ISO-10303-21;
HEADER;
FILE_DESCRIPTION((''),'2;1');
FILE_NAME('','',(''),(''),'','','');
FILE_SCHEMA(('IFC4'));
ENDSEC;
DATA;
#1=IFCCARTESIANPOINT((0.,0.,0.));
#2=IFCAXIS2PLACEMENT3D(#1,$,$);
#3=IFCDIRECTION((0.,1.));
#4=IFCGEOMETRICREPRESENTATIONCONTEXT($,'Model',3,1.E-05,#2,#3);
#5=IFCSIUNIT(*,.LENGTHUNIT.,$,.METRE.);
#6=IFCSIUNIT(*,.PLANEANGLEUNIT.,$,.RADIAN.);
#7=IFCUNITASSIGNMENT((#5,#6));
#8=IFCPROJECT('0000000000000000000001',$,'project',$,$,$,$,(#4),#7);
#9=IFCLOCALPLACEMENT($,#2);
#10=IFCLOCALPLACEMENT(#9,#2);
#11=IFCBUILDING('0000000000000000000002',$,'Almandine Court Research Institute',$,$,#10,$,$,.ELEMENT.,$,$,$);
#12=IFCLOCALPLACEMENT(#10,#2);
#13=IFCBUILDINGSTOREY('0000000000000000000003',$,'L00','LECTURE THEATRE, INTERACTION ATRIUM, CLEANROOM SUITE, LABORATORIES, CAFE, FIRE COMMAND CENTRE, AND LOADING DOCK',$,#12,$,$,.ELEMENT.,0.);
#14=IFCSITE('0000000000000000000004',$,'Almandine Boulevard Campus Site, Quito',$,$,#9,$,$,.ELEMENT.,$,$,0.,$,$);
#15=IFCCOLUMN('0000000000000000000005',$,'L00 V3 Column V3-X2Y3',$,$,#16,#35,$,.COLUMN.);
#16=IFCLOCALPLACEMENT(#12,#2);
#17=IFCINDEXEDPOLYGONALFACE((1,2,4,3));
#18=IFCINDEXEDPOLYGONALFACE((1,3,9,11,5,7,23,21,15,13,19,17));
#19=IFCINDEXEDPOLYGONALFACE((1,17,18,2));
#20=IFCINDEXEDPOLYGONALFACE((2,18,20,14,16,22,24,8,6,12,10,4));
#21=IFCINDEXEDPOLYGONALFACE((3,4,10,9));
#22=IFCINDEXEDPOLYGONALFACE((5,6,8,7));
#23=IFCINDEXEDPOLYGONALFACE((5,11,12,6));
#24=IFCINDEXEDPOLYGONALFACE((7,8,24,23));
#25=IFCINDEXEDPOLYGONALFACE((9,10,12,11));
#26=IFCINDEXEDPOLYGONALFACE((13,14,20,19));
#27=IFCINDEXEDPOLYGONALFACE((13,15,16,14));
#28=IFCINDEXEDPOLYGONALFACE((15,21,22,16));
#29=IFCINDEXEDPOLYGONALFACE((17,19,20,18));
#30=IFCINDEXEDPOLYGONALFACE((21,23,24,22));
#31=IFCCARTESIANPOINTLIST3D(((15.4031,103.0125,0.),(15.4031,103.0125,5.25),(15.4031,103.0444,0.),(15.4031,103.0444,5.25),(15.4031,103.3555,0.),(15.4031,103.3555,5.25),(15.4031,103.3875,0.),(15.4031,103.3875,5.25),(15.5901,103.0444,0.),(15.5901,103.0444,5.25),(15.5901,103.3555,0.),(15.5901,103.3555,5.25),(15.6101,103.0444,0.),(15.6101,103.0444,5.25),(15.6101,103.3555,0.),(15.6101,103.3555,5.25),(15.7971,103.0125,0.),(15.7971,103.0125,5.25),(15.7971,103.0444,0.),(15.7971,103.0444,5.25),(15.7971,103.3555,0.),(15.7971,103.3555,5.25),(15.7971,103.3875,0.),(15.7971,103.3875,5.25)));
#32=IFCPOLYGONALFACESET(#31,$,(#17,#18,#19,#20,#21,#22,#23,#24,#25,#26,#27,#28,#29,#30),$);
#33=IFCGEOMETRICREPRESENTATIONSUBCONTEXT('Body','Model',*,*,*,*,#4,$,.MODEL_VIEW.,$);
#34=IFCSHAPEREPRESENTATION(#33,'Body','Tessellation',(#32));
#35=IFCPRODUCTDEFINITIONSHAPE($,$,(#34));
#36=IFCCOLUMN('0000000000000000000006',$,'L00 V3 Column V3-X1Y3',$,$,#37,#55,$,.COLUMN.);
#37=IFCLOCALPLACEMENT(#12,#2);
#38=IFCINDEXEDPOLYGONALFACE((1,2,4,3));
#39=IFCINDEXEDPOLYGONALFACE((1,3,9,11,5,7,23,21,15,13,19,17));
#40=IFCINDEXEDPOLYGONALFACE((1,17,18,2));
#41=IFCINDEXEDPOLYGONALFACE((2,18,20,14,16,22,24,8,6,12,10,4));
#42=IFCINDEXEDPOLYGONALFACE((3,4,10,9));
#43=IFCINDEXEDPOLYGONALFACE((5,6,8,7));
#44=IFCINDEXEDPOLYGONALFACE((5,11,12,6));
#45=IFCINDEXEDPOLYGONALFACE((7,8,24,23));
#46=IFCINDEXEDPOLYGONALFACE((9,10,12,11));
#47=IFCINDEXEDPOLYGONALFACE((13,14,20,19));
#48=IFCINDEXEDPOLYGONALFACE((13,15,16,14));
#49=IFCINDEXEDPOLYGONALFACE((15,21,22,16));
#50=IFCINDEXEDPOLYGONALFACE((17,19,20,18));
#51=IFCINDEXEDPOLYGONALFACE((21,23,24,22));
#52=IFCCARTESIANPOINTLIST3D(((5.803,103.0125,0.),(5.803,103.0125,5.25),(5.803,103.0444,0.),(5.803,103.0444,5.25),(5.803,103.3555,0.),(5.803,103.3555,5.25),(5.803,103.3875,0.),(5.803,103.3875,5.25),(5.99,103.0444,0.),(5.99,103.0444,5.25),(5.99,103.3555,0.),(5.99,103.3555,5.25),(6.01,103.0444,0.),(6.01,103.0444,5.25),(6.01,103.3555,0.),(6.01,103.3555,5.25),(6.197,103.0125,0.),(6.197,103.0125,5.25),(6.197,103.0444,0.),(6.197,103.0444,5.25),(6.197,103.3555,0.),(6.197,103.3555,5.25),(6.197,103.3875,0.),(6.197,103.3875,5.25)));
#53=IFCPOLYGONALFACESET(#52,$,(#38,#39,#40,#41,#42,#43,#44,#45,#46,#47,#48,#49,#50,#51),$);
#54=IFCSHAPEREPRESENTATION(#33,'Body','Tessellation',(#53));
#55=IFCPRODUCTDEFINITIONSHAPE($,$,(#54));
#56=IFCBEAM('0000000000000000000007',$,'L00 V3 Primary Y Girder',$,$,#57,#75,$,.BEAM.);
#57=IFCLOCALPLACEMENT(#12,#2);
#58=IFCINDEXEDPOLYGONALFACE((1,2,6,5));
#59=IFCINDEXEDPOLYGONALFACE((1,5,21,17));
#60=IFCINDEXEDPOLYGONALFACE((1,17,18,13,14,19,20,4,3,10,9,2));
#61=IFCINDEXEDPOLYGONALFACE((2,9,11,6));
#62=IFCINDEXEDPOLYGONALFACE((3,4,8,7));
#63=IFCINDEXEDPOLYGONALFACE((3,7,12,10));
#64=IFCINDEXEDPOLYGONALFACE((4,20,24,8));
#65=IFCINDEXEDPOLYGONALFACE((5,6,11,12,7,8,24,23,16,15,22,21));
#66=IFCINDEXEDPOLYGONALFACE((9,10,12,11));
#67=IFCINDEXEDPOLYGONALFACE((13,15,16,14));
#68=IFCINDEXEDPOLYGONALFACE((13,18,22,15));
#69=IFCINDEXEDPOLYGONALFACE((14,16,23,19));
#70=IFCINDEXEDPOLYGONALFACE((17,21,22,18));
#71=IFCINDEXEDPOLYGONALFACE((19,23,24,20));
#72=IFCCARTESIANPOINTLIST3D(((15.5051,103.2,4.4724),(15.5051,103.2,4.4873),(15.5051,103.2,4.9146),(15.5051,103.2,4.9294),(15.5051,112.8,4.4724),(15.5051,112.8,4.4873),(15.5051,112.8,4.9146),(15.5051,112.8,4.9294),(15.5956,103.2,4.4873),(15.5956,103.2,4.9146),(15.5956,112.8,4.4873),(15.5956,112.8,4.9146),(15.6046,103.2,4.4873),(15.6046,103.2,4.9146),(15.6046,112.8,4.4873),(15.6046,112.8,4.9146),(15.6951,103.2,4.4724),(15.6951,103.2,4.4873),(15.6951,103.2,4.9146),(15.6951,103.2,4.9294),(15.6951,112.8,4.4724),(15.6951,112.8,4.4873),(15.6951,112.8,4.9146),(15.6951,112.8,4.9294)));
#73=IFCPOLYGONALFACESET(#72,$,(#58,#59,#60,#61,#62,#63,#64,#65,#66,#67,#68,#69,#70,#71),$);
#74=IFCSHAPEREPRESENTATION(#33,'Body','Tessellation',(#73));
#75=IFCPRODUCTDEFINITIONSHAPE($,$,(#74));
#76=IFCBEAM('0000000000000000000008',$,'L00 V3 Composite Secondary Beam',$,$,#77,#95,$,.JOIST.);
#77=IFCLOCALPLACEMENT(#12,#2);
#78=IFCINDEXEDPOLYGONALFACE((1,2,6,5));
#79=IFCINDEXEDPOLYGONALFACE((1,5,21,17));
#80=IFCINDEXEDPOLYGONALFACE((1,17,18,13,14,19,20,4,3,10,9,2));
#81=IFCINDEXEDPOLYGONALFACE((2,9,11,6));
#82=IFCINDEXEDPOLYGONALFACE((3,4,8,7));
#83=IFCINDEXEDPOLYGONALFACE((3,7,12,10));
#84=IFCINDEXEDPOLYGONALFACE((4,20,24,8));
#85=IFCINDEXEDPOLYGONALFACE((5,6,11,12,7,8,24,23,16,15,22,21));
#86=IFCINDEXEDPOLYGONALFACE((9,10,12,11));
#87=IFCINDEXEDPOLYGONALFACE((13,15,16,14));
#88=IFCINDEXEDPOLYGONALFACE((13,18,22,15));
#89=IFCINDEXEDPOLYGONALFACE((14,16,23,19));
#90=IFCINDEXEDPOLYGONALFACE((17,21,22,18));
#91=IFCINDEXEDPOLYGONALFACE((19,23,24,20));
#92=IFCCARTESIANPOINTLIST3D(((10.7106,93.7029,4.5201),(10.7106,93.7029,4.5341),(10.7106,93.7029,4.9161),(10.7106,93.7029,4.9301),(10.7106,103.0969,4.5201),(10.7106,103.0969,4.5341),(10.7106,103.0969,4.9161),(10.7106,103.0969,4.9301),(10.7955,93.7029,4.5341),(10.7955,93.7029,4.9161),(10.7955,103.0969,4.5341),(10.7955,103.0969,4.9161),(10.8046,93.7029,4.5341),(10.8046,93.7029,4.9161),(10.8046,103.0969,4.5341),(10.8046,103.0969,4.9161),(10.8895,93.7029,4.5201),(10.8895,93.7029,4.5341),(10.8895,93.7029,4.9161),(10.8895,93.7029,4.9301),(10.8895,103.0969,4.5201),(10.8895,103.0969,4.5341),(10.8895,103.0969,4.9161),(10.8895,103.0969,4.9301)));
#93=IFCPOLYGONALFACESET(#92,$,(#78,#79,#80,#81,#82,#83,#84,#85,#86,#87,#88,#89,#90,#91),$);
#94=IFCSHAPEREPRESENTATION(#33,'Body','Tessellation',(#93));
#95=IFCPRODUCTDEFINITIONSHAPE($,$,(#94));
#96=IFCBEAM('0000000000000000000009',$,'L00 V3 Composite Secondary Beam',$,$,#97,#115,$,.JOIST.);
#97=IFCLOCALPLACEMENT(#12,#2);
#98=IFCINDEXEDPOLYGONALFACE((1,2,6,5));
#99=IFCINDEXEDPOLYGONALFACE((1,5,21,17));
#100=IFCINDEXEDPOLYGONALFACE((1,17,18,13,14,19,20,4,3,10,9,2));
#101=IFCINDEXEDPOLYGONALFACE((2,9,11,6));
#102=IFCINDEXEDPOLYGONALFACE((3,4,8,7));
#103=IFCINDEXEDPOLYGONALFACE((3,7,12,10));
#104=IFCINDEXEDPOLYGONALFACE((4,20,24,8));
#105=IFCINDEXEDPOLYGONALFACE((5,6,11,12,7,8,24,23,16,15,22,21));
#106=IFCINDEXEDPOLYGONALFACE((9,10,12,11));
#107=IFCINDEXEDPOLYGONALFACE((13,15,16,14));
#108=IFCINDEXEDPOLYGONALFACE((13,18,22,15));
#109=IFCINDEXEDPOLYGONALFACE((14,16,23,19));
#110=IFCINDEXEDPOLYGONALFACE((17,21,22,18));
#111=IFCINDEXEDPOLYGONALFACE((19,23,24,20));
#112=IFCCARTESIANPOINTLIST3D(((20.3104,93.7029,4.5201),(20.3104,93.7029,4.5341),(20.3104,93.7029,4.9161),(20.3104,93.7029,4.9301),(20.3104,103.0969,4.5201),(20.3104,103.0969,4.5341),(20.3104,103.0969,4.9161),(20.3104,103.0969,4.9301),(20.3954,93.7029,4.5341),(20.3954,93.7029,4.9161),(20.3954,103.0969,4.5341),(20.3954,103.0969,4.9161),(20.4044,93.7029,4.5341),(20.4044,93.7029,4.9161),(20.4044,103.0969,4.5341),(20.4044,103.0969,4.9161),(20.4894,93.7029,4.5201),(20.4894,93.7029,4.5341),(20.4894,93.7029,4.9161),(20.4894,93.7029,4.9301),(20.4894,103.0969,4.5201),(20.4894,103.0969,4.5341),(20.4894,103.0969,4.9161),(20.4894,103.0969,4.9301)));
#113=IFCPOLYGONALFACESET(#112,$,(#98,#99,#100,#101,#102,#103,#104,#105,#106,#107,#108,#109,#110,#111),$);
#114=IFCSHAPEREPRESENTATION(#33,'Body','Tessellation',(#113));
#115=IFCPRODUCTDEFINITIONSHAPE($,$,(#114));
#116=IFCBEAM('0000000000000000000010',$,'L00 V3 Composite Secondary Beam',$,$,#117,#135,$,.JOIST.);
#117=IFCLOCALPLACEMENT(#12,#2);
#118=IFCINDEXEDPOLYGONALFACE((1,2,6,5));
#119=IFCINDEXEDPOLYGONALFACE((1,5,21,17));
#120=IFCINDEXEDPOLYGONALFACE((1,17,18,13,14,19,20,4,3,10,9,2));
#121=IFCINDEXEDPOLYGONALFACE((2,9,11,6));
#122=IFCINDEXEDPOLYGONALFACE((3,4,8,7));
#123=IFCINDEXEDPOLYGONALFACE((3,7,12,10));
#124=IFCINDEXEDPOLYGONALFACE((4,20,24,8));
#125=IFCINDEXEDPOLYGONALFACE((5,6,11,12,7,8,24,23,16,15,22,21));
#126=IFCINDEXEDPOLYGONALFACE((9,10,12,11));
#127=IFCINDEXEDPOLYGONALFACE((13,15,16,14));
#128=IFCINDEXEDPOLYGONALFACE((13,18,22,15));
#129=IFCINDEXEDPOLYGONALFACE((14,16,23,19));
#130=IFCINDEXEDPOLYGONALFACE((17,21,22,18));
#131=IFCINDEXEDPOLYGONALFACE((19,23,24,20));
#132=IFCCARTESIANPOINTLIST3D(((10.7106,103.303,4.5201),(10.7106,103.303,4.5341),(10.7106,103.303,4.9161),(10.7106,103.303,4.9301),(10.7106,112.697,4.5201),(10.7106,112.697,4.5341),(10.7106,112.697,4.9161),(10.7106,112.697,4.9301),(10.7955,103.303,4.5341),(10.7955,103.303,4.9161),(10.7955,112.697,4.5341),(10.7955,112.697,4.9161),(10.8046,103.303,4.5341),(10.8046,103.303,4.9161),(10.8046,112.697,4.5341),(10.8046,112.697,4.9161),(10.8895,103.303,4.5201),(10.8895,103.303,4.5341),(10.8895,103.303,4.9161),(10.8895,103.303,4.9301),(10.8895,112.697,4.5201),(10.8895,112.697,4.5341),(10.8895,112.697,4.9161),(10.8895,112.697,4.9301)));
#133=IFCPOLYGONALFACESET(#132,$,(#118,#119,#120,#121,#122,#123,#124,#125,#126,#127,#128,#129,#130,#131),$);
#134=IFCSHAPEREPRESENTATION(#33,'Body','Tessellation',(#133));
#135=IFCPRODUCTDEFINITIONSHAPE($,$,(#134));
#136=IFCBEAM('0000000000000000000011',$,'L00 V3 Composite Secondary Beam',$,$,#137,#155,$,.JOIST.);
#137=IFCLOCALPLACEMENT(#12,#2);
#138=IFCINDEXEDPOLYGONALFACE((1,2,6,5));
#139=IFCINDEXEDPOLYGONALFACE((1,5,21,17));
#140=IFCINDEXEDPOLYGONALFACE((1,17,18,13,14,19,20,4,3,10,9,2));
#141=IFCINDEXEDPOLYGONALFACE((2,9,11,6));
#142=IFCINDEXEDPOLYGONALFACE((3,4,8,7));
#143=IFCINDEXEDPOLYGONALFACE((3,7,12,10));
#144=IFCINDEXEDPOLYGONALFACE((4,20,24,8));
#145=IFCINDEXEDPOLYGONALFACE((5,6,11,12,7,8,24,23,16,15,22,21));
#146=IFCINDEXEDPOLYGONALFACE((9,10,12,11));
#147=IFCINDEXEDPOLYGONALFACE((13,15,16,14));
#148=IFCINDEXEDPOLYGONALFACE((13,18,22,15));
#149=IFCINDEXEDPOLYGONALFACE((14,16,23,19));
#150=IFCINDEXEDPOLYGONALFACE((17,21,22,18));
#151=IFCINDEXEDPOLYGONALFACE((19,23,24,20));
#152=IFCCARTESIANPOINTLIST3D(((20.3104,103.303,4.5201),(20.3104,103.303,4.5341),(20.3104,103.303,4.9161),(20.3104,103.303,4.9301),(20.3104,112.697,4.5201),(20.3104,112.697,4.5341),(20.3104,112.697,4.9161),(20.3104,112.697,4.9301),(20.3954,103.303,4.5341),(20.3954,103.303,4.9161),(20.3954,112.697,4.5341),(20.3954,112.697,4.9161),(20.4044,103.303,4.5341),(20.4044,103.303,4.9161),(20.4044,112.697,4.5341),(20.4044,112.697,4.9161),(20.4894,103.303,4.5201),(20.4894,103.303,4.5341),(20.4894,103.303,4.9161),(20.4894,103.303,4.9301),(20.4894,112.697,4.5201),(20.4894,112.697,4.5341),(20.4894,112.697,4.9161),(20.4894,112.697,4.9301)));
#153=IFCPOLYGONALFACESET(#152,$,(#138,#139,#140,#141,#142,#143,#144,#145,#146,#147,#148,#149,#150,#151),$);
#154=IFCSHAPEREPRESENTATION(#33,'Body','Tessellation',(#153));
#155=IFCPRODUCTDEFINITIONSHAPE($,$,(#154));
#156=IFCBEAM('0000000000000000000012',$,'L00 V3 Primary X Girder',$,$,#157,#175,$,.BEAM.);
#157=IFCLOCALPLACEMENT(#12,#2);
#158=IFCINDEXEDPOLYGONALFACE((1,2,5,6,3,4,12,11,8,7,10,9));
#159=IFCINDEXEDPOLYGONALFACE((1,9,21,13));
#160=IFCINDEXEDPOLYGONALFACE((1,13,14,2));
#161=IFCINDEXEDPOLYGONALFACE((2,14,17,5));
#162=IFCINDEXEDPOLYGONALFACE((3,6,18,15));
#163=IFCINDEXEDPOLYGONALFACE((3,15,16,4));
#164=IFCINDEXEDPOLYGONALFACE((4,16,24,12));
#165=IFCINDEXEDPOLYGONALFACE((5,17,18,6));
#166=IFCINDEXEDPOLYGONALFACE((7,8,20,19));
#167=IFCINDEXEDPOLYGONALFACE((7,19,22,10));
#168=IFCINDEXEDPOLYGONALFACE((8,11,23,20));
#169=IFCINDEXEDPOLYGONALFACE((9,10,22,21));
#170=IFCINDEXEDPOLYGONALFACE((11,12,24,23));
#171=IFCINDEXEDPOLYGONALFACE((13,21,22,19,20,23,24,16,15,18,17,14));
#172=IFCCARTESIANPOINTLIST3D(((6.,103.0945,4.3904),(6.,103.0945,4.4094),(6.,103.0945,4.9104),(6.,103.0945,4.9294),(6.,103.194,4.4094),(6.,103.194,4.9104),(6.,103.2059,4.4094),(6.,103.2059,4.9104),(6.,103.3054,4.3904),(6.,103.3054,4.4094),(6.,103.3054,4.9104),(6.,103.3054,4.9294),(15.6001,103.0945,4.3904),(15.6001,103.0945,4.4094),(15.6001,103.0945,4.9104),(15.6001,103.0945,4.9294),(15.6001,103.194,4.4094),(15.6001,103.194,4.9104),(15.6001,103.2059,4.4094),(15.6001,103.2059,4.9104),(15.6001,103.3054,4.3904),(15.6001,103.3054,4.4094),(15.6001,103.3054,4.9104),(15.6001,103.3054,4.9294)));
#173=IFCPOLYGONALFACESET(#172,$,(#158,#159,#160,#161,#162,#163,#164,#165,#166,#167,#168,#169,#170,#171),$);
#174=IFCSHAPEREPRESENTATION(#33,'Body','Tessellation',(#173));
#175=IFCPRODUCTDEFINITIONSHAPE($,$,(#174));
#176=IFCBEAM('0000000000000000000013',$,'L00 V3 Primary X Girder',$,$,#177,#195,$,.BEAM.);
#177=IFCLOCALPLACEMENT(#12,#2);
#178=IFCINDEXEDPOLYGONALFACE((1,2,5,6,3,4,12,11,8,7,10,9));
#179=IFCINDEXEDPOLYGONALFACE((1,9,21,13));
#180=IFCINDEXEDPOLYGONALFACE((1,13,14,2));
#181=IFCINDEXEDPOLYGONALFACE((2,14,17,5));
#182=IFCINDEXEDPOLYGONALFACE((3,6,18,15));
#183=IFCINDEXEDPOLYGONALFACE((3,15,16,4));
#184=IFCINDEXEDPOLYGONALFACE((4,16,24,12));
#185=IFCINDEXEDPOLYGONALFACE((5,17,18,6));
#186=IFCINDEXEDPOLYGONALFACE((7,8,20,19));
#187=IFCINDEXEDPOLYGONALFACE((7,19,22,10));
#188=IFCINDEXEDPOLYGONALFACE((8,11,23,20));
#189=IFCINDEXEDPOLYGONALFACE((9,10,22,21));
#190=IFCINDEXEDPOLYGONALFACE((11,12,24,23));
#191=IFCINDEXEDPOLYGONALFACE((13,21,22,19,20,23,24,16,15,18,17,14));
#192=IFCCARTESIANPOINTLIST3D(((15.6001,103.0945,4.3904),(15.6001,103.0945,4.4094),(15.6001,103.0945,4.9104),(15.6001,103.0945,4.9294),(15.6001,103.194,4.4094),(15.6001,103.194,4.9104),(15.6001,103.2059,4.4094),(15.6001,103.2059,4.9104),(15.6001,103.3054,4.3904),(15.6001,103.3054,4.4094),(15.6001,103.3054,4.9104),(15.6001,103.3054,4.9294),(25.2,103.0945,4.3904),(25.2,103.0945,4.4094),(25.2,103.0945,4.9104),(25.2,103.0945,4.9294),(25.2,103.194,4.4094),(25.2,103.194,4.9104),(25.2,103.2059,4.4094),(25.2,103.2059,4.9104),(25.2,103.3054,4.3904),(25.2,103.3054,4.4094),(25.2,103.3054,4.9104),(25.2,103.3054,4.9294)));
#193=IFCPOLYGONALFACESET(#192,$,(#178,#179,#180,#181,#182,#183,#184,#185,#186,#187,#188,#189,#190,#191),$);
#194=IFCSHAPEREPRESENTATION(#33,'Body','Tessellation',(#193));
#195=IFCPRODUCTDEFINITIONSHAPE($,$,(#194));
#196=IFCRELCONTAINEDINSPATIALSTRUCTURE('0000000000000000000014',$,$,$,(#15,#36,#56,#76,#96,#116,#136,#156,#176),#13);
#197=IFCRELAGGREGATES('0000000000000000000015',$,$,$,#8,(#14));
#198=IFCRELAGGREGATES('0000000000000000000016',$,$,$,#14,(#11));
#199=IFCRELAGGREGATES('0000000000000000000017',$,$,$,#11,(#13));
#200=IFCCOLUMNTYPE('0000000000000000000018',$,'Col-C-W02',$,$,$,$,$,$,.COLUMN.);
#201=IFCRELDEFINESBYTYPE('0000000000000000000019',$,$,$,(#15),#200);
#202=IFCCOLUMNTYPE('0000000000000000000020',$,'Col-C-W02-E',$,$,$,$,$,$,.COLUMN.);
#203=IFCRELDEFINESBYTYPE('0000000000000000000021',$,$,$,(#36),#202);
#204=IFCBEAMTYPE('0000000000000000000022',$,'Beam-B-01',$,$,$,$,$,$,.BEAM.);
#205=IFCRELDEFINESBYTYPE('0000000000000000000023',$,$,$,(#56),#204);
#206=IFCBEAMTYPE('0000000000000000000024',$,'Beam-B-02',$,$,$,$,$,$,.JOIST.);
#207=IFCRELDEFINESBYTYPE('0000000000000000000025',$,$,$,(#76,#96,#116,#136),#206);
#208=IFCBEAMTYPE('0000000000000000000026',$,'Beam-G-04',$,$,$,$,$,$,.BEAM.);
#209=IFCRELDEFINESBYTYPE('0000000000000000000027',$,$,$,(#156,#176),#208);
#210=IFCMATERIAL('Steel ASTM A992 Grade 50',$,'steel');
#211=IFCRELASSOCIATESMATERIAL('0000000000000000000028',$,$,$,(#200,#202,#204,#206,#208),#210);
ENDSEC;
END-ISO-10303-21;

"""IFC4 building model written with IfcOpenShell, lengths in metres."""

from ifc_helpers import new_model, si_unit, direction, frame, origin, origin_2d, place, context, subcontext, project, spatial, i_section, extrude, material, material_profile, profile_set, type_object, element, save


model = new_model("IFC4")

# Units and contexts
model_context = context("Model", 3, precision=1e-05, world=origin(), true_north=direction((0.0, 1.0)))
body_context = subcontext(model_context, "Body", "Model", "MODEL_VIEW")
ifc_project = project(units=[si_unit("LENGTHUNIT", "METRE"), si_unit("PLANEANGLEUNIT", "RADIAN")], contexts=[model_context])

# Site, building, storey
site_placement = place(None, origin())
site = spatial("IfcSite", under=ifc_project, at=site_placement, Name="Almandine Boulevard Campus Site, Quito", CompositionType="ELEMENT", RefElevation=0.0)
building_placement = place(site_placement, origin())
building = spatial("IfcBuilding", under=site, at=building_placement, Name="Almandine Court Research Institute", CompositionType="ELEMENT")
storey_placement = place(building_placement, origin())
storey = spatial("IfcBuildingStorey", under=building, at=storey_placement, Name="L00", Description="LECTURE THEATRE, INTERACTION ATRIUM, CLEANROOM SUITE, LABORATORIES, CAFE, FIRE COMMAND CENTRE, AND LOADING DOCK", CompositionType="ELEMENT", Elevation=0.0)

# Columns
ifc_material_1 = material(Name="Steel ASTM A992 Grade 50", Category="steel")
ifc_material_profile_1 = material_profile(ifc_material_1, i_section(OverallWidth=0.394, OverallDepth=0.375, WebThickness=0.02, FlangeThickness=0.032, at=origin_2d()), Name="W360x216")
ifc_profile_set_1 = profile_set([ifc_material_profile_1], Name="Steel ASTM A992 Grade 50")
column_type_1 = type_object("IfcColumnType", Name="Col-C-W02", PredefinedType="COLUMN", material=ifc_profile_set_1)
column_1_placement = place(storey_placement, frame((15.6001, 103.2, 0.0), z_axis=(0.0, 0.0, 1.0), x_axis=(1.0, 0.0, 0.0)))
element("IfcColumn", 1, at=column_1_placement, inside=storey, type_object=column_type_1, Name="L00 V3 Column V3-X2Y3", PredefinedType="COLUMN", context=body_context, shape_type="SweptSolid", body=[
    extrude(i_section(OverallWidth=0.394, OverallDepth=0.375, WebThickness=0.02, FlangeThickness=0.032, at=origin_2d()), origin(), (0.0, 0.0, 1.0), 5.25),
])
ifc_material_profile_2 = material_profile(ifc_material_1, i_section(OverallWidth=0.394, OverallDepth=0.375, WebThickness=0.02, FlangeThickness=0.032, at=origin_2d()), Name="W360x216")
ifc_profile_set_2 = profile_set([ifc_material_profile_2], Name="Steel ASTM A992 Grade 50")
column_type_2 = type_object("IfcColumnType", Name="Col-C-W02-E", PredefinedType="COLUMN", material=ifc_profile_set_2)
column_2_placement = place(storey_placement, frame((6.0, 103.2, 0.0), z_axis=(0.0, 0.0, 1.0), x_axis=(1.0, 0.0, 0.0)))
element("IfcColumn", 2, at=column_2_placement, inside=storey, type_object=column_type_2, Name="L00 V3 Column V3-X1Y3", PredefinedType="COLUMN", context=body_context, shape_type="SweptSolid", body=[
    extrude(i_section(OverallWidth=0.394, OverallDepth=0.375, WebThickness=0.02, FlangeThickness=0.032, at=origin_2d()), origin(), (0.0, 0.0, 1.0), 5.25),
])

# Beams
ifc_material_profile_3 = material_profile(ifc_material_1, i_section(OverallWidth=0.1899, OverallDepth=0.457, WebThickness=0.009, FlangeThickness=0.0149, at=origin_2d()), Name="W460x74")
ifc_profile_set_3 = profile_set([ifc_material_profile_3], Name="Steel ASTM A992 Grade 50")
beam_type_1 = type_object("IfcBeamType", Name="Beam-B-01", PredefinedType="BEAM", material=ifc_profile_set_3)
beam_1_placement = place(storey_placement, frame((15.6001, 103.2, 4.7009), z_axis=(0.0, 1.0, 0.0), x_axis=(-1.0, 0.0, 0.0)))
element("IfcBeam", 3, at=beam_1_placement, inside=storey, type_object=beam_type_1, Name="L00 V3 Primary Y Girder", PredefinedType="BEAM", context=body_context, shape_type="SweptSolid", body=[
    extrude(i_section(OverallWidth=0.1899, OverallDepth=0.457, WebThickness=0.009, FlangeThickness=0.0149, at=origin_2d()), origin(), (0.0, 0.0, 1.0), 9.6001),
])
ifc_material_profile_4 = material_profile(ifc_material_1, i_section(OverallWidth=0.179, OverallDepth=0.4099, WebThickness=0.009, FlangeThickness=0.0139, at=origin_2d()), Name="W410x67")
ifc_profile_set_4 = profile_set([ifc_material_profile_4], Name="Steel ASTM A992 Grade 50")
beam_type_2 = type_object("IfcBeamType", Name="Beam-B-02", PredefinedType="JOIST", material=ifc_profile_set_4)
for number, where, z_axis, x_axis, name in (
    (4, (10.8, 93.7029, 4.7251), (0.0, 1.0, 0.0), (-1.0, 0.0, 0.0), "L00 V3 Composite Secondary Beam"),
    (5, (20.3999, 93.7029, 4.7251), (0.0, 1.0, 0.0), (-1.0, 0.0, 0.0), "L00 V3 Composite Secondary Beam"),
    (6, (10.8, 103.303, 4.7251), (0.0, 1.0, 0.0), (-1.0, 0.0, 0.0), "L00 V3 Composite Secondary Beam"),
    (7, (20.3999, 103.303, 4.7251), (0.0, 1.0, 0.0), (-1.0, 0.0, 0.0), "L00 V3 Composite Secondary Beam"),
):
    element("IfcBeam", number, at=place(storey_placement, frame(where, z_axis=z_axis, x_axis=x_axis)), inside=storey, type_object=beam_type_2, Name=name, PredefinedType="JOIST", context=body_context, shape_type="SweptSolid", body=[
        extrude(i_section(OverallWidth=0.179, OverallDepth=0.4099, WebThickness=0.009, FlangeThickness=0.0139, at=origin_2d()), origin(), (0.0, 0.0, 1.0), 9.394),
    ])
ifc_material_profile_5 = material_profile(ifc_material_1, i_section(OverallWidth=0.2109, OverallDepth=0.5391, WebThickness=0.012, FlangeThickness=0.019, at=origin_2d()), Name="W530x109")
ifc_profile_set_5 = profile_set([ifc_material_profile_5], Name="Steel ASTM A992 Grade 50")
beam_type_3 = type_object("IfcBeamType", Name="Beam-G-04", PredefinedType="BEAM", material=ifc_profile_set_5)
beam_2_placement = place(storey_placement, frame((6.0, 103.2, 4.6599), z_axis=(1.0, 0.0, 0.0), x_axis=(0.0, 1.0, 0.0)))
element("IfcBeam", 8, at=beam_2_placement, inside=storey, type_object=beam_type_3, Name="L00 V3 Primary X Girder", PredefinedType="BEAM", context=body_context, shape_type="SweptSolid", body=[
    extrude(i_section(OverallWidth=0.2109, OverallDepth=0.5391, WebThickness=0.012, FlangeThickness=0.019, at=origin_2d()), origin(), (0.0, 0.0, 1.0), 9.6001),
])
beam_3_placement = place(storey_placement, frame((15.6001, 103.2, 4.6599), z_axis=(1.0, 0.0, 0.0), x_axis=(0.0, 1.0, 0.0)))
element("IfcBeam", 9, at=beam_3_placement, inside=storey, type_object=beam_type_3, Name="L00 V3 Primary X Girder", PredefinedType="BEAM", context=body_context, shape_type="SweptSolid", body=[
    extrude(i_section(OverallWidth=0.2109, OverallDepth=0.5391, WebThickness=0.012, FlangeThickness=0.019, at=origin_2d()), origin(), (0.0, 0.0, 1.0), 9.5999),
])

save(model, "model.ifc")
